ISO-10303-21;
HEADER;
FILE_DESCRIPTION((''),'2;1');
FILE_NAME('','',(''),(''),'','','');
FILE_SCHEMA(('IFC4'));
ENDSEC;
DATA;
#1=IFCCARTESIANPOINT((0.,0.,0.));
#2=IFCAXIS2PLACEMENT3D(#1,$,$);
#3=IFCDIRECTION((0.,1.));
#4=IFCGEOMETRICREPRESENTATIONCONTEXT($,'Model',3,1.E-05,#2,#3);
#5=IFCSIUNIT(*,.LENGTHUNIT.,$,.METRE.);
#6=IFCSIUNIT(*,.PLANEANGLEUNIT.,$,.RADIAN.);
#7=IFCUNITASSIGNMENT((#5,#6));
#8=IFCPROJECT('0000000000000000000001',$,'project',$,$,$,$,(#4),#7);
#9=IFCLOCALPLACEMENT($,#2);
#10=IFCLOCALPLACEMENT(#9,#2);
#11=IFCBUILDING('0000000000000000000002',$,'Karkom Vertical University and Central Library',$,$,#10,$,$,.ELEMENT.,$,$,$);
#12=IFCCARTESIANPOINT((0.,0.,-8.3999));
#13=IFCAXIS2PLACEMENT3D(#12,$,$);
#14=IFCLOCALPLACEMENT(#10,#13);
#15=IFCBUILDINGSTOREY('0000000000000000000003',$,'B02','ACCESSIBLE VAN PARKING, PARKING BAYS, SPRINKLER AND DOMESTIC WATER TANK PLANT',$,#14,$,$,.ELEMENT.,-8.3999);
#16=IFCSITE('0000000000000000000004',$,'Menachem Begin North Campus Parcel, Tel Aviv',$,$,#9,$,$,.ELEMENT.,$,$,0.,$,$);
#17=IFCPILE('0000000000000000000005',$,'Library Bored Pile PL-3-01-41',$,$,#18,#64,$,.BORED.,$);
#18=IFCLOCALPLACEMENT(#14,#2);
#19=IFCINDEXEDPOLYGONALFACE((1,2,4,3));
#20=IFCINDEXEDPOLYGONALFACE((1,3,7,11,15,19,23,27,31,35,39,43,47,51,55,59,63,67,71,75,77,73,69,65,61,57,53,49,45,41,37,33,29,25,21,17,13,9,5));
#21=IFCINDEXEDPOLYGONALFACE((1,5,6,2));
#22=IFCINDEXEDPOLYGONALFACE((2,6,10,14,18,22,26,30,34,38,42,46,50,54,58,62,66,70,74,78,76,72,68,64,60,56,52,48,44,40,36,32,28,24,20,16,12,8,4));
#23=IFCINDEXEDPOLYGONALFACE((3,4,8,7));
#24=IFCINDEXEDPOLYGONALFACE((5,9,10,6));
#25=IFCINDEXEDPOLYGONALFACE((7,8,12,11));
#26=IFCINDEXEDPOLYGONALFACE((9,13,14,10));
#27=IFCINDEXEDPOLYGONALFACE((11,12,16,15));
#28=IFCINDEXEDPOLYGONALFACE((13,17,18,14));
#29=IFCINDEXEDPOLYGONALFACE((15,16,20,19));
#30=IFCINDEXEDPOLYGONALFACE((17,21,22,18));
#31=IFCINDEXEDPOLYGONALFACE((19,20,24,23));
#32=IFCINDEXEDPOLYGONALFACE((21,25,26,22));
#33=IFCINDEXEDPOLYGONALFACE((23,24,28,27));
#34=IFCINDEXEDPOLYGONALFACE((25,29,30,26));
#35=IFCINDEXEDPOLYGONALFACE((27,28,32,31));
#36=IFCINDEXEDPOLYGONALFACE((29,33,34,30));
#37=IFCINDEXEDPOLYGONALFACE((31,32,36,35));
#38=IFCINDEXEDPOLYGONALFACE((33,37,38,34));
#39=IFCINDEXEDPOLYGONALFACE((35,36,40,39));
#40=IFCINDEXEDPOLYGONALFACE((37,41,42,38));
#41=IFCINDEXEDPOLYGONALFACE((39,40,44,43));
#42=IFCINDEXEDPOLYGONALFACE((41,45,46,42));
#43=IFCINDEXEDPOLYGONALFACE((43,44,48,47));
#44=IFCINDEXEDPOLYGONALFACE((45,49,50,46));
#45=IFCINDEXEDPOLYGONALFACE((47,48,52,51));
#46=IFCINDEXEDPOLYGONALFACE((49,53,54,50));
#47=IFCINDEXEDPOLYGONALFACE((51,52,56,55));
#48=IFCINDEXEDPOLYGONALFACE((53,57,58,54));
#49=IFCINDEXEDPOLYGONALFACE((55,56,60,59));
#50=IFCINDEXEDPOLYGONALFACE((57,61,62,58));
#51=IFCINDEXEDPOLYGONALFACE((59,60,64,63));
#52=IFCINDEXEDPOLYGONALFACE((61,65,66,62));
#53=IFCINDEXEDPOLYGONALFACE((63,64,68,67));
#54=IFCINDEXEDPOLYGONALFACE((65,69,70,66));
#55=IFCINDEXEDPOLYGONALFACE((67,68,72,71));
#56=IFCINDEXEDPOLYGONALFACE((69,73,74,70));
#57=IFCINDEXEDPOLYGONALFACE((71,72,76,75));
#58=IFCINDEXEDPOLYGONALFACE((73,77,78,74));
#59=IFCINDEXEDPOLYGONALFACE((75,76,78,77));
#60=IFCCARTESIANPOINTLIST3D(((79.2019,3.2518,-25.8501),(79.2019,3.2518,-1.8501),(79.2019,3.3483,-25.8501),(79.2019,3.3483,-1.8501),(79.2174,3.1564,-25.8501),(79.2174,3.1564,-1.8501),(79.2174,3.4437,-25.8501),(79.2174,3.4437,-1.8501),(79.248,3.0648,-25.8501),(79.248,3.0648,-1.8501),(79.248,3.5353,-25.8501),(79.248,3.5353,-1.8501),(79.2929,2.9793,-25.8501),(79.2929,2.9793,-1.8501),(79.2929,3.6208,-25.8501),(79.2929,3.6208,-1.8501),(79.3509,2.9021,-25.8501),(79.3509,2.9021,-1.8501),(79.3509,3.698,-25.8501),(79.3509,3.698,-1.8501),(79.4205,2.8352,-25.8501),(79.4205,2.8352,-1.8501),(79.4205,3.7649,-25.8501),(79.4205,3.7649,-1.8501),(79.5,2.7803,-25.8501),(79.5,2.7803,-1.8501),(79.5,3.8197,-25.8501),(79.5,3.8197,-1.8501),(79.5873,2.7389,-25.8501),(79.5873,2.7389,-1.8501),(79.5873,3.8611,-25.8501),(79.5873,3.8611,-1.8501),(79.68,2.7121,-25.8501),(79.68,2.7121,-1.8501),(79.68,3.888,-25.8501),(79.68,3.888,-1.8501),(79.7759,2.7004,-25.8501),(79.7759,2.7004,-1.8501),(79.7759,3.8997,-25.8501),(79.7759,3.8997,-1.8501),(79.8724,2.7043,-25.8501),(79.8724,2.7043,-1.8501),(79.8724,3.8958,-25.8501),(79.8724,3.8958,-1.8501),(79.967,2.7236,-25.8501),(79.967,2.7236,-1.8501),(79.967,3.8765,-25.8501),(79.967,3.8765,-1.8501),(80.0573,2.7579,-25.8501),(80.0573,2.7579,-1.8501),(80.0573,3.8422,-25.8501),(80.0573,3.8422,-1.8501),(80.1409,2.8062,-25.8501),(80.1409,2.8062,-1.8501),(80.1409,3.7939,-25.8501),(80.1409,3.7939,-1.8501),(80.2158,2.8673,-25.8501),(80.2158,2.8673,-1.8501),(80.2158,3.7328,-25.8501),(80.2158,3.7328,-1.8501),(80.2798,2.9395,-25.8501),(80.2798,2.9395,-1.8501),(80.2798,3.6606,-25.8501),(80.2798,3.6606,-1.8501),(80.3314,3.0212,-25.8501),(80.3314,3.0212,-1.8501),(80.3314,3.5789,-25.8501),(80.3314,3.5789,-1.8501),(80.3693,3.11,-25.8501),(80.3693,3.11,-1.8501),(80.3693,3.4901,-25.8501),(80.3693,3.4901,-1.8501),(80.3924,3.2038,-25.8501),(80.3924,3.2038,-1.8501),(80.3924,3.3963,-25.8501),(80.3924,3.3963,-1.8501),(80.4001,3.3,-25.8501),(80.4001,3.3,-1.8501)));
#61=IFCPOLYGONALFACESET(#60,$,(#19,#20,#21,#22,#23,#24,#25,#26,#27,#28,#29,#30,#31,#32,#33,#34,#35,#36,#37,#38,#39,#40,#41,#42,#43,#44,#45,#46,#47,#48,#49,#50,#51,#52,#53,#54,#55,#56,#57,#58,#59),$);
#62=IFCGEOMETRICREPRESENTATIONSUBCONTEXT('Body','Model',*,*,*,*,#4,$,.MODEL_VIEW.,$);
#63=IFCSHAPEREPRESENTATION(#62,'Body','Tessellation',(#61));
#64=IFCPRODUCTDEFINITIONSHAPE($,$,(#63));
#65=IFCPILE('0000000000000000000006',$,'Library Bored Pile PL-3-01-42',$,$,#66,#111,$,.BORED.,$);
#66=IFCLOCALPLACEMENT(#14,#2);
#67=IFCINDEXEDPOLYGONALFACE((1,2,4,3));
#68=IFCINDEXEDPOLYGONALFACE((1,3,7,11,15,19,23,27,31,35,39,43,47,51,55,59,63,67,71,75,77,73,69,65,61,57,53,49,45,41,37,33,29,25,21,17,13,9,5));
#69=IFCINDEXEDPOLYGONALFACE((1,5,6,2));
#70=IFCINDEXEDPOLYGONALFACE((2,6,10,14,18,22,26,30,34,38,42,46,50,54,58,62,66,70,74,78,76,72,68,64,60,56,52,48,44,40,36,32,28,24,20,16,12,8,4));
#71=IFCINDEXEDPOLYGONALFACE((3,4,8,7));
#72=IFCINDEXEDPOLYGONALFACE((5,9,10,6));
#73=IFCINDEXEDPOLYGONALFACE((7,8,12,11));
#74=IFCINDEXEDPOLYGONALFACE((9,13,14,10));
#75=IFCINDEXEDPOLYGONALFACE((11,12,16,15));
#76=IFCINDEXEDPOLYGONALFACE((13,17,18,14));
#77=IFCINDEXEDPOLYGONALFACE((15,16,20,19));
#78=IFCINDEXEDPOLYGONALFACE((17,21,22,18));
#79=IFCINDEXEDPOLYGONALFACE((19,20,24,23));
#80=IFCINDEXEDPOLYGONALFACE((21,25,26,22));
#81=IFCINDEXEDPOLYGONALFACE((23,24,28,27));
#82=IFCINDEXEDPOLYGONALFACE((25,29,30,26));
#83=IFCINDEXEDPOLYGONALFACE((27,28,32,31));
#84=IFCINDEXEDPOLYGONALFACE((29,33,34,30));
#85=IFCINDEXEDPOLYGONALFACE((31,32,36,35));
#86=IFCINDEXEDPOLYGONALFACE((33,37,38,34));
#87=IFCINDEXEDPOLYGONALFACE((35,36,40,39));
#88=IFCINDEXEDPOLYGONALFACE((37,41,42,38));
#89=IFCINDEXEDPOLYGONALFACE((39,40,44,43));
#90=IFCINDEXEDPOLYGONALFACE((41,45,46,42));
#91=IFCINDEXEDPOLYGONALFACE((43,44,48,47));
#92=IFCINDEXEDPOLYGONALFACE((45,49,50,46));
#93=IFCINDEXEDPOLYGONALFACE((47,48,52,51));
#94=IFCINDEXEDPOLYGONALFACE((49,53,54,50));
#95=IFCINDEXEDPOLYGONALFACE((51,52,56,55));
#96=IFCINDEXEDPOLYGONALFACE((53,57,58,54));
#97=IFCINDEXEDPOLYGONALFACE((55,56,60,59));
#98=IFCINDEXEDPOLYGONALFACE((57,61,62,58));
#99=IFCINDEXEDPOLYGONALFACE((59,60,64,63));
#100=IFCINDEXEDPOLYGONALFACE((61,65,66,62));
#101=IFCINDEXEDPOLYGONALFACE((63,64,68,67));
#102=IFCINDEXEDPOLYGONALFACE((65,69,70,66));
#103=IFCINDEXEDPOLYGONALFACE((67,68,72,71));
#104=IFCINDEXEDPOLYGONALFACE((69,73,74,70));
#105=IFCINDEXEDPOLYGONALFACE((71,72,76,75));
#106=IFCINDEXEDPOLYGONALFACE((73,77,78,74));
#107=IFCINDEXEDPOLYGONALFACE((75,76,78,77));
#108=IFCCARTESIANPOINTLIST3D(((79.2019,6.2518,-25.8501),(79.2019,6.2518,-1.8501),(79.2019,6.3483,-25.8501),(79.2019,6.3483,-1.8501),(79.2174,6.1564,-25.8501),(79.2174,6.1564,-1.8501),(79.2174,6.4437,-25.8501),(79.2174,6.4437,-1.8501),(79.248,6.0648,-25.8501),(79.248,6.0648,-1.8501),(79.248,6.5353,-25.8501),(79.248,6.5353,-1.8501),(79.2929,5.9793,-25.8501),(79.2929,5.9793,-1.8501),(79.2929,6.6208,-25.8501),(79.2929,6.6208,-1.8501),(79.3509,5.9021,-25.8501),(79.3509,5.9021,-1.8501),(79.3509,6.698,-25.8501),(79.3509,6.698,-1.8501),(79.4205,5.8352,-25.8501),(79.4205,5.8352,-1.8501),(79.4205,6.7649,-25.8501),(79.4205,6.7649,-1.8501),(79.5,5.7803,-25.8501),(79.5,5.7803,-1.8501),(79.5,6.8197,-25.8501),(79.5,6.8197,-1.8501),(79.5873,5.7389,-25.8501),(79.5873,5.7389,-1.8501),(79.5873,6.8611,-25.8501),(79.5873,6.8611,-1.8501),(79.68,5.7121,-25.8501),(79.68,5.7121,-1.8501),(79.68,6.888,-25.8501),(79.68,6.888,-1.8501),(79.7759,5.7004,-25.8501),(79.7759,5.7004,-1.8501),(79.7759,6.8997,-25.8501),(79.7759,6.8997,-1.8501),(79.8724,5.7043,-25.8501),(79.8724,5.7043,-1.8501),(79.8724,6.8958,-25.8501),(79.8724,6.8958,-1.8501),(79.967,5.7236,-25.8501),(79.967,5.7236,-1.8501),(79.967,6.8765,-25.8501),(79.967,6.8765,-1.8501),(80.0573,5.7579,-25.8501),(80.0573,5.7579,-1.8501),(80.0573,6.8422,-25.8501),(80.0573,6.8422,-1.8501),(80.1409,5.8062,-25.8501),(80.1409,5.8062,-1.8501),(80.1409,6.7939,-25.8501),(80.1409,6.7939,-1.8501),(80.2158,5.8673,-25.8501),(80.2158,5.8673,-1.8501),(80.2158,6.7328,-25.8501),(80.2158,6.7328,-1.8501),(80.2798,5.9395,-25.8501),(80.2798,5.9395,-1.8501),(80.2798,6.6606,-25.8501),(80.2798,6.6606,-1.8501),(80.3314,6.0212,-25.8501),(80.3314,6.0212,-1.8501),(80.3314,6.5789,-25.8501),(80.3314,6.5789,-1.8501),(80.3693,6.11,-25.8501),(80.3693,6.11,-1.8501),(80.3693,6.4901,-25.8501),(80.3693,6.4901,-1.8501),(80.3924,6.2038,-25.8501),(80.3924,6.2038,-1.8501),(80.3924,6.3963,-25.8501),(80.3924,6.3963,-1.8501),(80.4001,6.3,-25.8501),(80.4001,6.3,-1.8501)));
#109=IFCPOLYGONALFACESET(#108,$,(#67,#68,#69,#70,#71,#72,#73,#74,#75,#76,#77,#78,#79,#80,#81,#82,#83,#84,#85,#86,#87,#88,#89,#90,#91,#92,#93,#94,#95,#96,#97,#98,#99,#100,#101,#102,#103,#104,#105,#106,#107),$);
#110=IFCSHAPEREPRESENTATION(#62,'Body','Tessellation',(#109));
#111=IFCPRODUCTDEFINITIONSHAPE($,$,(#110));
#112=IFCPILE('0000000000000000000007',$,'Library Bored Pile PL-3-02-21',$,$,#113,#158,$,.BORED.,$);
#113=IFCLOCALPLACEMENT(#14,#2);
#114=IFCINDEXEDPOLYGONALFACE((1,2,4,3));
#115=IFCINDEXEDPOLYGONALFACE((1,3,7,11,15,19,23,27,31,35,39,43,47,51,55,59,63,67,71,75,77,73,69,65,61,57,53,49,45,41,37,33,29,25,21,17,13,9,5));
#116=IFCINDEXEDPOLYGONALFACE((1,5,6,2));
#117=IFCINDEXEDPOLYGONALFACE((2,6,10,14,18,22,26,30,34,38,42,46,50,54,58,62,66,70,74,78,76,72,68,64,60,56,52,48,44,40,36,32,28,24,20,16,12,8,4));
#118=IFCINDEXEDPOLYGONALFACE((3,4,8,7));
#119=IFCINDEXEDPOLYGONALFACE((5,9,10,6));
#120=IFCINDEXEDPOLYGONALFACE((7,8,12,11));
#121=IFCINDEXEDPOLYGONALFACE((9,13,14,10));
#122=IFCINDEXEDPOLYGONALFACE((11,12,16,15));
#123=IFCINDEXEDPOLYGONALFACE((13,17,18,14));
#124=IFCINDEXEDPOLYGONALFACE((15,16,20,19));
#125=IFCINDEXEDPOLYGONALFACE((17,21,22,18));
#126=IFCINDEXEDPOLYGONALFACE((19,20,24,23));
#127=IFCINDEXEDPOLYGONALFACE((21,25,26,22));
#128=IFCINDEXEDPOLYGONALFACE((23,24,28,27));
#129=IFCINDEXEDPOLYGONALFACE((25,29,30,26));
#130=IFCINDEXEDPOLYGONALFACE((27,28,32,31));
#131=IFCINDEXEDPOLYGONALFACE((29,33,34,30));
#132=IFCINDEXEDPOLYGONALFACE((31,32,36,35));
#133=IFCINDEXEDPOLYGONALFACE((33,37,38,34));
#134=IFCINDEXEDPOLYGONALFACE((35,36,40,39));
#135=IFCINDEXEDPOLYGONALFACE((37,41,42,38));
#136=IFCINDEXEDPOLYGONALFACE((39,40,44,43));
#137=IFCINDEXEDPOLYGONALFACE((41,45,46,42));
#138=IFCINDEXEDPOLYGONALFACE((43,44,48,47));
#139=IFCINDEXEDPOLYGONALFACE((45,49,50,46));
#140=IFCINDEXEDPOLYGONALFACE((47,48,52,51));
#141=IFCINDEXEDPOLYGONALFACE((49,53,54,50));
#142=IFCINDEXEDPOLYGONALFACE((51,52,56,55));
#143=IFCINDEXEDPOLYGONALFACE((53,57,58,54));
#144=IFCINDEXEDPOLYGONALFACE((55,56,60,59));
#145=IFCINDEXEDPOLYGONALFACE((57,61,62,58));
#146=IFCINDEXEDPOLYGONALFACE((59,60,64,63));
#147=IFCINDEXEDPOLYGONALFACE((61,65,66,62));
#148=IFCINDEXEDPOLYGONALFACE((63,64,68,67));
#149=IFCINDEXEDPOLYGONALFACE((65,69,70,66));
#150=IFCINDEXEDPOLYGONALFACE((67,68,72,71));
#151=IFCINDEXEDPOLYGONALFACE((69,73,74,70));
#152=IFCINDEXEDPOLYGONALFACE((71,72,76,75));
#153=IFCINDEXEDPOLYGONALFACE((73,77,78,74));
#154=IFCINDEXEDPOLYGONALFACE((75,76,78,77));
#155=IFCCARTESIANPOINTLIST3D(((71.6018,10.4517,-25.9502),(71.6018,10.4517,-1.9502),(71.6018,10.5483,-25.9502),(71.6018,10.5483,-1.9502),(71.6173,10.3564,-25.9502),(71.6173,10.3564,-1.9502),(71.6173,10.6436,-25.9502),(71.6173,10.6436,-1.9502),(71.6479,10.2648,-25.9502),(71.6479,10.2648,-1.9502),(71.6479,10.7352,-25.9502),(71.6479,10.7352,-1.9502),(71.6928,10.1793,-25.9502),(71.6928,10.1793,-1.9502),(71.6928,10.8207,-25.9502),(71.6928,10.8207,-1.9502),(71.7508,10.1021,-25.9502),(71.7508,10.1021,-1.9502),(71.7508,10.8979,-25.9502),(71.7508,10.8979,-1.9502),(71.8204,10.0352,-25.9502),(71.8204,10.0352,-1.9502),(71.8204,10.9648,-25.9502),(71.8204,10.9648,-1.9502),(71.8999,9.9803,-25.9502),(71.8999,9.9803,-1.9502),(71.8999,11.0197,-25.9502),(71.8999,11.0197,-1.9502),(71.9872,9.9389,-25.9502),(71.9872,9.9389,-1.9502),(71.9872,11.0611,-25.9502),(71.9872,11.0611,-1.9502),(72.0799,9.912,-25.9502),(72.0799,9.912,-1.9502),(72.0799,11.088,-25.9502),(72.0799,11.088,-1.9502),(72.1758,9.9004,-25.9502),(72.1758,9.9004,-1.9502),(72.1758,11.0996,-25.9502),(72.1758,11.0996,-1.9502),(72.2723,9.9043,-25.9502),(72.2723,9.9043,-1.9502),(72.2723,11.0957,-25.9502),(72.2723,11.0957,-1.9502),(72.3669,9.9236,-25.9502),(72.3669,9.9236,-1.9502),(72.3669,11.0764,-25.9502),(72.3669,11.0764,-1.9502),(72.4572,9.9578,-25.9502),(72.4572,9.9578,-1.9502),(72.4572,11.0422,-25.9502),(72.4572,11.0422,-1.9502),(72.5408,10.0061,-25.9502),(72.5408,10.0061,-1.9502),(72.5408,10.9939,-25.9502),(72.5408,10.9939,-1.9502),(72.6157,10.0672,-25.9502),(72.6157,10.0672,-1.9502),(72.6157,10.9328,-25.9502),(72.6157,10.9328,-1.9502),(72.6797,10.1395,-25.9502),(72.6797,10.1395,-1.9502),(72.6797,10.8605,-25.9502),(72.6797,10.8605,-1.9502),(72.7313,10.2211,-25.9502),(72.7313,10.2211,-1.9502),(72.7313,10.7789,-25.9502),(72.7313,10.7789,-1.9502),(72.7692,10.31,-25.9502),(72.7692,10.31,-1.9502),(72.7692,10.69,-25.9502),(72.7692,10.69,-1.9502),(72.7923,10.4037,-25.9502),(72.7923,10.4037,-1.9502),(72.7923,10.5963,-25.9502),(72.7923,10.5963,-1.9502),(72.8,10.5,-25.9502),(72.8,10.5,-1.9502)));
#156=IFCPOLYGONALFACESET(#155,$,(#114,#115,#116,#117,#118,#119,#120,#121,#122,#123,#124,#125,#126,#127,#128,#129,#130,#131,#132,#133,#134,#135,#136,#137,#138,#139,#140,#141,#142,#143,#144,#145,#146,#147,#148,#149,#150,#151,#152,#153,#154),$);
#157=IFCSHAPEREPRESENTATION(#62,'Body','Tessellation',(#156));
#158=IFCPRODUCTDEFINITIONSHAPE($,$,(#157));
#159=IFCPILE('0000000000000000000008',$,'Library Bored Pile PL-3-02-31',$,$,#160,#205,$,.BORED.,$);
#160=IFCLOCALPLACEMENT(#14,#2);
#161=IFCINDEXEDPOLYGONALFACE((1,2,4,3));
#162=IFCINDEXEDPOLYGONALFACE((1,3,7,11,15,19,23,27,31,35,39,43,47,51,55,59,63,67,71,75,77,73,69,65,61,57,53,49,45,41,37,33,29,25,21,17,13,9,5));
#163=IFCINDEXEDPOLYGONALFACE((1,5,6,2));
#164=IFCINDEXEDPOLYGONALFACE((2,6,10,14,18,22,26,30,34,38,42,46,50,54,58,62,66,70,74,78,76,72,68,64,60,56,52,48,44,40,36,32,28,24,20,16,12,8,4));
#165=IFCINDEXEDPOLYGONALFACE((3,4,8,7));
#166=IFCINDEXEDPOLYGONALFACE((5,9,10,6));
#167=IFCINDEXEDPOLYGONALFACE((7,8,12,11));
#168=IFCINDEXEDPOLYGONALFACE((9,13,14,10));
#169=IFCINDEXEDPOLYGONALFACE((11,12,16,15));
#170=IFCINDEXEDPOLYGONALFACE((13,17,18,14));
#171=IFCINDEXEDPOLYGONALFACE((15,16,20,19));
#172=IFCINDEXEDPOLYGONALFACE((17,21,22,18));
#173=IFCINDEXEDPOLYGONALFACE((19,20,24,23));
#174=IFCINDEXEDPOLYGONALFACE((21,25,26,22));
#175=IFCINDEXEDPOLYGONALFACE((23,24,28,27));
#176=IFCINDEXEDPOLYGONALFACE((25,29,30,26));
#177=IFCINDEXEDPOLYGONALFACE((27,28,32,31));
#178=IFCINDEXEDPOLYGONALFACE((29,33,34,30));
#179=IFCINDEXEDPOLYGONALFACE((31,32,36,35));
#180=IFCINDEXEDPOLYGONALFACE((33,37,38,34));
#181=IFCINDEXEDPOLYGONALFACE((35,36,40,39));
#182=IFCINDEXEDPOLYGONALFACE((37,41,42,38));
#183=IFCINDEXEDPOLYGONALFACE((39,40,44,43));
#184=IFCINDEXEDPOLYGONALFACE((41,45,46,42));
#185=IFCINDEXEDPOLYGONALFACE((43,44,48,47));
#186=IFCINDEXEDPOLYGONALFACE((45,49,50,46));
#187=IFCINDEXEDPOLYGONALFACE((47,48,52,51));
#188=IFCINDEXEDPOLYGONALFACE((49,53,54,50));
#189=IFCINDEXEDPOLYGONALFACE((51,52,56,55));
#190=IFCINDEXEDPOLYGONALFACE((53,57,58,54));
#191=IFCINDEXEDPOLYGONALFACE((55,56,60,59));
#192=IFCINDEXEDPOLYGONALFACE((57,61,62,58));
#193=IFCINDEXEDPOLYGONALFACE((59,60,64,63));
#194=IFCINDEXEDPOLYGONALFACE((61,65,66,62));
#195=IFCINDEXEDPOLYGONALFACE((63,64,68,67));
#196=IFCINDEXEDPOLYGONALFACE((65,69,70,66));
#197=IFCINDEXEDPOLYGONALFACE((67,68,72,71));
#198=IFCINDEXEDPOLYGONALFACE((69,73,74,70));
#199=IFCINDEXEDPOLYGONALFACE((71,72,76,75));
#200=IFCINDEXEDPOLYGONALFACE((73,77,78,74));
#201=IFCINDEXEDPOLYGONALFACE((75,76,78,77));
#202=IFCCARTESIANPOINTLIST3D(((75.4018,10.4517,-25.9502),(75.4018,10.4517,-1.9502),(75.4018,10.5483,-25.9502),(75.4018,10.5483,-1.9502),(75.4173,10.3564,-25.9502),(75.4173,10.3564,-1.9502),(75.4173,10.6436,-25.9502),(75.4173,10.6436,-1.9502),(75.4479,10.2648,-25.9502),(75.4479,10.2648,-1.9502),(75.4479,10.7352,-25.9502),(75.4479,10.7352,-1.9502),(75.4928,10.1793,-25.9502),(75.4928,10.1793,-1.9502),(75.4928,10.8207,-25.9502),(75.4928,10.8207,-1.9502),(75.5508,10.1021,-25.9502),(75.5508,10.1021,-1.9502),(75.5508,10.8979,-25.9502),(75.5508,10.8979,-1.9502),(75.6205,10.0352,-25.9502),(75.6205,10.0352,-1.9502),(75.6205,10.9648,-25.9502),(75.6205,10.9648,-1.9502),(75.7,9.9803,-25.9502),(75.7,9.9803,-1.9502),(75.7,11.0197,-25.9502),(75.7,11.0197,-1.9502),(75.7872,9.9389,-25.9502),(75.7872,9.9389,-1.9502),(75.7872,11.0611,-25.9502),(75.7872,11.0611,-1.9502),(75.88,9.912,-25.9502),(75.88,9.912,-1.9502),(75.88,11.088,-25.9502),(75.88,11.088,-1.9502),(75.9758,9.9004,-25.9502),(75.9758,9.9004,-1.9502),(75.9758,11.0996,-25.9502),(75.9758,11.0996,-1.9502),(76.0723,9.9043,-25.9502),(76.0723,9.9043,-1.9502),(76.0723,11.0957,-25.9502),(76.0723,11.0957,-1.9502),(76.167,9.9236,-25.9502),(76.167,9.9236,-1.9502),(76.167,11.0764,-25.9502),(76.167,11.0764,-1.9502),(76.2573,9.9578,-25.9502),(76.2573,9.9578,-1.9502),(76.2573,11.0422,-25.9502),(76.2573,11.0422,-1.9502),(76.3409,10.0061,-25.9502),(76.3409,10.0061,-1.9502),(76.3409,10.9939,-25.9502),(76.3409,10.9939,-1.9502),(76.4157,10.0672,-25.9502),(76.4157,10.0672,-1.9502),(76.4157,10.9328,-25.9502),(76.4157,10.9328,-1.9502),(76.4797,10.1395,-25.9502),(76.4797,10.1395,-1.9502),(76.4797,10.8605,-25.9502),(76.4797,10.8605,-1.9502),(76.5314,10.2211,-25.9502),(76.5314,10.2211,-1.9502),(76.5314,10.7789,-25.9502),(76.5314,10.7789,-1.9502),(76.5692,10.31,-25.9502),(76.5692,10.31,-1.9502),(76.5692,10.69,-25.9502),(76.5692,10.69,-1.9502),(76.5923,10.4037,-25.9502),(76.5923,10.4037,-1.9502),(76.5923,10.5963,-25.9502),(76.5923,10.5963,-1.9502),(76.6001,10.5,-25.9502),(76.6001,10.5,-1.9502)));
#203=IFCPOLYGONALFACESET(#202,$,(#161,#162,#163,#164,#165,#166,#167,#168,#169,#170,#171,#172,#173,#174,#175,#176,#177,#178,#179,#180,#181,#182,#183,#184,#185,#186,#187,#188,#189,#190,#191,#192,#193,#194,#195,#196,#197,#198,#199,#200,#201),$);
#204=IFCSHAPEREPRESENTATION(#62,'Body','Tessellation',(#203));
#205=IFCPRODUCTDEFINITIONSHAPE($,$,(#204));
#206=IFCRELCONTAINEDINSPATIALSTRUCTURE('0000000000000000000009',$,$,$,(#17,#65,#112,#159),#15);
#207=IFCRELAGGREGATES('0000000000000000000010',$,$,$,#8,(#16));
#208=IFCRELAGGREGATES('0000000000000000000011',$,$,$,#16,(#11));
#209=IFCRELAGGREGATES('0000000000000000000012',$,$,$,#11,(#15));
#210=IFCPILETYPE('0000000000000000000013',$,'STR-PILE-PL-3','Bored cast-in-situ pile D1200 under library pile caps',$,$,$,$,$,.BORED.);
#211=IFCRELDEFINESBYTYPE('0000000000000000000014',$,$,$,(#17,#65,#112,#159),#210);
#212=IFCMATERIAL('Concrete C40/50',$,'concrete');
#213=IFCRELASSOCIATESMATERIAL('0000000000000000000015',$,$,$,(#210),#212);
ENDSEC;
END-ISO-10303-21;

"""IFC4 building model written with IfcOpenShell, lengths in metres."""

from ifc_helpers import new_model, si_unit, direction, frame, origin, origin_with_axes, origin_2d, place, context, subcontext, project, spatial, circle, extrude, source, transform, mapped, material, material_profile, profile_set, type_object, element, save


model = new_model("IFC4")

# Units and contexts
model_context = context("Model", 3, precision=1e-05, world=origin(), true_north=direction((0.0, 1.0)))
body_context = subcontext(model_context, "Body", "Model", "MODEL_VIEW")
ifc_project = project(units=[si_unit("LENGTHUNIT", "METRE"), si_unit("PLANEANGLEUNIT", "RADIAN")], contexts=[model_context])

# Site, building, storey
site_placement = place(None, origin())
site = spatial("IfcSite", under=ifc_project, at=site_placement, Name="Menachem Begin North Campus Parcel, Tel Aviv", CompositionType="ELEMENT", RefElevation=0.0)
building_placement = place(site_placement, origin())
building = spatial("IfcBuilding", under=site, at=building_placement, Name="Karkom Vertical University and Central Library", CompositionType="ELEMENT")
storey_placement = place(building_placement, frame((0.0, 0.0, -8.3999)))
storey = spatial("IfcBuildingStorey", under=building, at=storey_placement, Name="B02", Description="ACCESSIBLE VAN PARKING, PARKING BAYS, SPRINKLER AND DOMESTIC WATER TANK PLANT", CompositionType="ELEMENT", Elevation=-8.3999)

# Piles
ifc_material_1 = material(Name="Concrete C40/50", Category="concrete")
ifc_material_profile_1 = material_profile(ifc_material_1, circle(Radius=0.6001, at=origin_2d()), Name="PILE-D1200")
ifc_profile_set_1 = profile_set([ifc_material_profile_1], Name="Concrete C40/50")
pile_type = type_object("IfcPileType", Name="STR-PILE-PL-3", Description="Bored cast-in-situ pile D1200 under library pile caps", PredefinedType="BORED", material=ifc_profile_set_1)
shared_shape_1 = source(origin_with_axes(), body_context, "Body", "SweptSolid", [
    extrude(circle(Radius=0.6001, at=origin_2d()), origin(), (0.0, 0.0, 1.0), 24.0),
])
for number, where, z_axis, x_axis, name in (
    (1, (79.8, 3.3, -1.8501), (0.0, 0.0, -1.0), (1.0, 0.0, 0.0), "Library Bored Pile PL-3-01-41"),
    (2, (79.8, 6.3, -1.8501), (0.0, 0.0, -1.0), (1.0, 0.0, 0.0), "Library Bored Pile PL-3-01-42"),
    (3, (72.2, 10.5, -1.9502), (0.0, 0.0, -1.0), (1.0, 0.0, 0.0), "Library Bored Pile PL-3-02-21"),
    (4, (76.0, 10.5, -1.9502), (0.0, 0.0, -1.0), (1.0, 0.0, 0.0), "Library Bored Pile PL-3-02-31"),
):
    element("IfcPile", number, at=place(storey_placement, frame(where, z_axis=z_axis, x_axis=x_axis)), inside=storey, type_object=pile_type, Name=name, PredefinedType="BORED", context=body_context, shape_type="MappedRepresentation", body=[
        mapped(shared_shape_1, transform((0.0, 0.0, 0.0), scale=1.0)),
    ])

save(model, "model.ifc")
